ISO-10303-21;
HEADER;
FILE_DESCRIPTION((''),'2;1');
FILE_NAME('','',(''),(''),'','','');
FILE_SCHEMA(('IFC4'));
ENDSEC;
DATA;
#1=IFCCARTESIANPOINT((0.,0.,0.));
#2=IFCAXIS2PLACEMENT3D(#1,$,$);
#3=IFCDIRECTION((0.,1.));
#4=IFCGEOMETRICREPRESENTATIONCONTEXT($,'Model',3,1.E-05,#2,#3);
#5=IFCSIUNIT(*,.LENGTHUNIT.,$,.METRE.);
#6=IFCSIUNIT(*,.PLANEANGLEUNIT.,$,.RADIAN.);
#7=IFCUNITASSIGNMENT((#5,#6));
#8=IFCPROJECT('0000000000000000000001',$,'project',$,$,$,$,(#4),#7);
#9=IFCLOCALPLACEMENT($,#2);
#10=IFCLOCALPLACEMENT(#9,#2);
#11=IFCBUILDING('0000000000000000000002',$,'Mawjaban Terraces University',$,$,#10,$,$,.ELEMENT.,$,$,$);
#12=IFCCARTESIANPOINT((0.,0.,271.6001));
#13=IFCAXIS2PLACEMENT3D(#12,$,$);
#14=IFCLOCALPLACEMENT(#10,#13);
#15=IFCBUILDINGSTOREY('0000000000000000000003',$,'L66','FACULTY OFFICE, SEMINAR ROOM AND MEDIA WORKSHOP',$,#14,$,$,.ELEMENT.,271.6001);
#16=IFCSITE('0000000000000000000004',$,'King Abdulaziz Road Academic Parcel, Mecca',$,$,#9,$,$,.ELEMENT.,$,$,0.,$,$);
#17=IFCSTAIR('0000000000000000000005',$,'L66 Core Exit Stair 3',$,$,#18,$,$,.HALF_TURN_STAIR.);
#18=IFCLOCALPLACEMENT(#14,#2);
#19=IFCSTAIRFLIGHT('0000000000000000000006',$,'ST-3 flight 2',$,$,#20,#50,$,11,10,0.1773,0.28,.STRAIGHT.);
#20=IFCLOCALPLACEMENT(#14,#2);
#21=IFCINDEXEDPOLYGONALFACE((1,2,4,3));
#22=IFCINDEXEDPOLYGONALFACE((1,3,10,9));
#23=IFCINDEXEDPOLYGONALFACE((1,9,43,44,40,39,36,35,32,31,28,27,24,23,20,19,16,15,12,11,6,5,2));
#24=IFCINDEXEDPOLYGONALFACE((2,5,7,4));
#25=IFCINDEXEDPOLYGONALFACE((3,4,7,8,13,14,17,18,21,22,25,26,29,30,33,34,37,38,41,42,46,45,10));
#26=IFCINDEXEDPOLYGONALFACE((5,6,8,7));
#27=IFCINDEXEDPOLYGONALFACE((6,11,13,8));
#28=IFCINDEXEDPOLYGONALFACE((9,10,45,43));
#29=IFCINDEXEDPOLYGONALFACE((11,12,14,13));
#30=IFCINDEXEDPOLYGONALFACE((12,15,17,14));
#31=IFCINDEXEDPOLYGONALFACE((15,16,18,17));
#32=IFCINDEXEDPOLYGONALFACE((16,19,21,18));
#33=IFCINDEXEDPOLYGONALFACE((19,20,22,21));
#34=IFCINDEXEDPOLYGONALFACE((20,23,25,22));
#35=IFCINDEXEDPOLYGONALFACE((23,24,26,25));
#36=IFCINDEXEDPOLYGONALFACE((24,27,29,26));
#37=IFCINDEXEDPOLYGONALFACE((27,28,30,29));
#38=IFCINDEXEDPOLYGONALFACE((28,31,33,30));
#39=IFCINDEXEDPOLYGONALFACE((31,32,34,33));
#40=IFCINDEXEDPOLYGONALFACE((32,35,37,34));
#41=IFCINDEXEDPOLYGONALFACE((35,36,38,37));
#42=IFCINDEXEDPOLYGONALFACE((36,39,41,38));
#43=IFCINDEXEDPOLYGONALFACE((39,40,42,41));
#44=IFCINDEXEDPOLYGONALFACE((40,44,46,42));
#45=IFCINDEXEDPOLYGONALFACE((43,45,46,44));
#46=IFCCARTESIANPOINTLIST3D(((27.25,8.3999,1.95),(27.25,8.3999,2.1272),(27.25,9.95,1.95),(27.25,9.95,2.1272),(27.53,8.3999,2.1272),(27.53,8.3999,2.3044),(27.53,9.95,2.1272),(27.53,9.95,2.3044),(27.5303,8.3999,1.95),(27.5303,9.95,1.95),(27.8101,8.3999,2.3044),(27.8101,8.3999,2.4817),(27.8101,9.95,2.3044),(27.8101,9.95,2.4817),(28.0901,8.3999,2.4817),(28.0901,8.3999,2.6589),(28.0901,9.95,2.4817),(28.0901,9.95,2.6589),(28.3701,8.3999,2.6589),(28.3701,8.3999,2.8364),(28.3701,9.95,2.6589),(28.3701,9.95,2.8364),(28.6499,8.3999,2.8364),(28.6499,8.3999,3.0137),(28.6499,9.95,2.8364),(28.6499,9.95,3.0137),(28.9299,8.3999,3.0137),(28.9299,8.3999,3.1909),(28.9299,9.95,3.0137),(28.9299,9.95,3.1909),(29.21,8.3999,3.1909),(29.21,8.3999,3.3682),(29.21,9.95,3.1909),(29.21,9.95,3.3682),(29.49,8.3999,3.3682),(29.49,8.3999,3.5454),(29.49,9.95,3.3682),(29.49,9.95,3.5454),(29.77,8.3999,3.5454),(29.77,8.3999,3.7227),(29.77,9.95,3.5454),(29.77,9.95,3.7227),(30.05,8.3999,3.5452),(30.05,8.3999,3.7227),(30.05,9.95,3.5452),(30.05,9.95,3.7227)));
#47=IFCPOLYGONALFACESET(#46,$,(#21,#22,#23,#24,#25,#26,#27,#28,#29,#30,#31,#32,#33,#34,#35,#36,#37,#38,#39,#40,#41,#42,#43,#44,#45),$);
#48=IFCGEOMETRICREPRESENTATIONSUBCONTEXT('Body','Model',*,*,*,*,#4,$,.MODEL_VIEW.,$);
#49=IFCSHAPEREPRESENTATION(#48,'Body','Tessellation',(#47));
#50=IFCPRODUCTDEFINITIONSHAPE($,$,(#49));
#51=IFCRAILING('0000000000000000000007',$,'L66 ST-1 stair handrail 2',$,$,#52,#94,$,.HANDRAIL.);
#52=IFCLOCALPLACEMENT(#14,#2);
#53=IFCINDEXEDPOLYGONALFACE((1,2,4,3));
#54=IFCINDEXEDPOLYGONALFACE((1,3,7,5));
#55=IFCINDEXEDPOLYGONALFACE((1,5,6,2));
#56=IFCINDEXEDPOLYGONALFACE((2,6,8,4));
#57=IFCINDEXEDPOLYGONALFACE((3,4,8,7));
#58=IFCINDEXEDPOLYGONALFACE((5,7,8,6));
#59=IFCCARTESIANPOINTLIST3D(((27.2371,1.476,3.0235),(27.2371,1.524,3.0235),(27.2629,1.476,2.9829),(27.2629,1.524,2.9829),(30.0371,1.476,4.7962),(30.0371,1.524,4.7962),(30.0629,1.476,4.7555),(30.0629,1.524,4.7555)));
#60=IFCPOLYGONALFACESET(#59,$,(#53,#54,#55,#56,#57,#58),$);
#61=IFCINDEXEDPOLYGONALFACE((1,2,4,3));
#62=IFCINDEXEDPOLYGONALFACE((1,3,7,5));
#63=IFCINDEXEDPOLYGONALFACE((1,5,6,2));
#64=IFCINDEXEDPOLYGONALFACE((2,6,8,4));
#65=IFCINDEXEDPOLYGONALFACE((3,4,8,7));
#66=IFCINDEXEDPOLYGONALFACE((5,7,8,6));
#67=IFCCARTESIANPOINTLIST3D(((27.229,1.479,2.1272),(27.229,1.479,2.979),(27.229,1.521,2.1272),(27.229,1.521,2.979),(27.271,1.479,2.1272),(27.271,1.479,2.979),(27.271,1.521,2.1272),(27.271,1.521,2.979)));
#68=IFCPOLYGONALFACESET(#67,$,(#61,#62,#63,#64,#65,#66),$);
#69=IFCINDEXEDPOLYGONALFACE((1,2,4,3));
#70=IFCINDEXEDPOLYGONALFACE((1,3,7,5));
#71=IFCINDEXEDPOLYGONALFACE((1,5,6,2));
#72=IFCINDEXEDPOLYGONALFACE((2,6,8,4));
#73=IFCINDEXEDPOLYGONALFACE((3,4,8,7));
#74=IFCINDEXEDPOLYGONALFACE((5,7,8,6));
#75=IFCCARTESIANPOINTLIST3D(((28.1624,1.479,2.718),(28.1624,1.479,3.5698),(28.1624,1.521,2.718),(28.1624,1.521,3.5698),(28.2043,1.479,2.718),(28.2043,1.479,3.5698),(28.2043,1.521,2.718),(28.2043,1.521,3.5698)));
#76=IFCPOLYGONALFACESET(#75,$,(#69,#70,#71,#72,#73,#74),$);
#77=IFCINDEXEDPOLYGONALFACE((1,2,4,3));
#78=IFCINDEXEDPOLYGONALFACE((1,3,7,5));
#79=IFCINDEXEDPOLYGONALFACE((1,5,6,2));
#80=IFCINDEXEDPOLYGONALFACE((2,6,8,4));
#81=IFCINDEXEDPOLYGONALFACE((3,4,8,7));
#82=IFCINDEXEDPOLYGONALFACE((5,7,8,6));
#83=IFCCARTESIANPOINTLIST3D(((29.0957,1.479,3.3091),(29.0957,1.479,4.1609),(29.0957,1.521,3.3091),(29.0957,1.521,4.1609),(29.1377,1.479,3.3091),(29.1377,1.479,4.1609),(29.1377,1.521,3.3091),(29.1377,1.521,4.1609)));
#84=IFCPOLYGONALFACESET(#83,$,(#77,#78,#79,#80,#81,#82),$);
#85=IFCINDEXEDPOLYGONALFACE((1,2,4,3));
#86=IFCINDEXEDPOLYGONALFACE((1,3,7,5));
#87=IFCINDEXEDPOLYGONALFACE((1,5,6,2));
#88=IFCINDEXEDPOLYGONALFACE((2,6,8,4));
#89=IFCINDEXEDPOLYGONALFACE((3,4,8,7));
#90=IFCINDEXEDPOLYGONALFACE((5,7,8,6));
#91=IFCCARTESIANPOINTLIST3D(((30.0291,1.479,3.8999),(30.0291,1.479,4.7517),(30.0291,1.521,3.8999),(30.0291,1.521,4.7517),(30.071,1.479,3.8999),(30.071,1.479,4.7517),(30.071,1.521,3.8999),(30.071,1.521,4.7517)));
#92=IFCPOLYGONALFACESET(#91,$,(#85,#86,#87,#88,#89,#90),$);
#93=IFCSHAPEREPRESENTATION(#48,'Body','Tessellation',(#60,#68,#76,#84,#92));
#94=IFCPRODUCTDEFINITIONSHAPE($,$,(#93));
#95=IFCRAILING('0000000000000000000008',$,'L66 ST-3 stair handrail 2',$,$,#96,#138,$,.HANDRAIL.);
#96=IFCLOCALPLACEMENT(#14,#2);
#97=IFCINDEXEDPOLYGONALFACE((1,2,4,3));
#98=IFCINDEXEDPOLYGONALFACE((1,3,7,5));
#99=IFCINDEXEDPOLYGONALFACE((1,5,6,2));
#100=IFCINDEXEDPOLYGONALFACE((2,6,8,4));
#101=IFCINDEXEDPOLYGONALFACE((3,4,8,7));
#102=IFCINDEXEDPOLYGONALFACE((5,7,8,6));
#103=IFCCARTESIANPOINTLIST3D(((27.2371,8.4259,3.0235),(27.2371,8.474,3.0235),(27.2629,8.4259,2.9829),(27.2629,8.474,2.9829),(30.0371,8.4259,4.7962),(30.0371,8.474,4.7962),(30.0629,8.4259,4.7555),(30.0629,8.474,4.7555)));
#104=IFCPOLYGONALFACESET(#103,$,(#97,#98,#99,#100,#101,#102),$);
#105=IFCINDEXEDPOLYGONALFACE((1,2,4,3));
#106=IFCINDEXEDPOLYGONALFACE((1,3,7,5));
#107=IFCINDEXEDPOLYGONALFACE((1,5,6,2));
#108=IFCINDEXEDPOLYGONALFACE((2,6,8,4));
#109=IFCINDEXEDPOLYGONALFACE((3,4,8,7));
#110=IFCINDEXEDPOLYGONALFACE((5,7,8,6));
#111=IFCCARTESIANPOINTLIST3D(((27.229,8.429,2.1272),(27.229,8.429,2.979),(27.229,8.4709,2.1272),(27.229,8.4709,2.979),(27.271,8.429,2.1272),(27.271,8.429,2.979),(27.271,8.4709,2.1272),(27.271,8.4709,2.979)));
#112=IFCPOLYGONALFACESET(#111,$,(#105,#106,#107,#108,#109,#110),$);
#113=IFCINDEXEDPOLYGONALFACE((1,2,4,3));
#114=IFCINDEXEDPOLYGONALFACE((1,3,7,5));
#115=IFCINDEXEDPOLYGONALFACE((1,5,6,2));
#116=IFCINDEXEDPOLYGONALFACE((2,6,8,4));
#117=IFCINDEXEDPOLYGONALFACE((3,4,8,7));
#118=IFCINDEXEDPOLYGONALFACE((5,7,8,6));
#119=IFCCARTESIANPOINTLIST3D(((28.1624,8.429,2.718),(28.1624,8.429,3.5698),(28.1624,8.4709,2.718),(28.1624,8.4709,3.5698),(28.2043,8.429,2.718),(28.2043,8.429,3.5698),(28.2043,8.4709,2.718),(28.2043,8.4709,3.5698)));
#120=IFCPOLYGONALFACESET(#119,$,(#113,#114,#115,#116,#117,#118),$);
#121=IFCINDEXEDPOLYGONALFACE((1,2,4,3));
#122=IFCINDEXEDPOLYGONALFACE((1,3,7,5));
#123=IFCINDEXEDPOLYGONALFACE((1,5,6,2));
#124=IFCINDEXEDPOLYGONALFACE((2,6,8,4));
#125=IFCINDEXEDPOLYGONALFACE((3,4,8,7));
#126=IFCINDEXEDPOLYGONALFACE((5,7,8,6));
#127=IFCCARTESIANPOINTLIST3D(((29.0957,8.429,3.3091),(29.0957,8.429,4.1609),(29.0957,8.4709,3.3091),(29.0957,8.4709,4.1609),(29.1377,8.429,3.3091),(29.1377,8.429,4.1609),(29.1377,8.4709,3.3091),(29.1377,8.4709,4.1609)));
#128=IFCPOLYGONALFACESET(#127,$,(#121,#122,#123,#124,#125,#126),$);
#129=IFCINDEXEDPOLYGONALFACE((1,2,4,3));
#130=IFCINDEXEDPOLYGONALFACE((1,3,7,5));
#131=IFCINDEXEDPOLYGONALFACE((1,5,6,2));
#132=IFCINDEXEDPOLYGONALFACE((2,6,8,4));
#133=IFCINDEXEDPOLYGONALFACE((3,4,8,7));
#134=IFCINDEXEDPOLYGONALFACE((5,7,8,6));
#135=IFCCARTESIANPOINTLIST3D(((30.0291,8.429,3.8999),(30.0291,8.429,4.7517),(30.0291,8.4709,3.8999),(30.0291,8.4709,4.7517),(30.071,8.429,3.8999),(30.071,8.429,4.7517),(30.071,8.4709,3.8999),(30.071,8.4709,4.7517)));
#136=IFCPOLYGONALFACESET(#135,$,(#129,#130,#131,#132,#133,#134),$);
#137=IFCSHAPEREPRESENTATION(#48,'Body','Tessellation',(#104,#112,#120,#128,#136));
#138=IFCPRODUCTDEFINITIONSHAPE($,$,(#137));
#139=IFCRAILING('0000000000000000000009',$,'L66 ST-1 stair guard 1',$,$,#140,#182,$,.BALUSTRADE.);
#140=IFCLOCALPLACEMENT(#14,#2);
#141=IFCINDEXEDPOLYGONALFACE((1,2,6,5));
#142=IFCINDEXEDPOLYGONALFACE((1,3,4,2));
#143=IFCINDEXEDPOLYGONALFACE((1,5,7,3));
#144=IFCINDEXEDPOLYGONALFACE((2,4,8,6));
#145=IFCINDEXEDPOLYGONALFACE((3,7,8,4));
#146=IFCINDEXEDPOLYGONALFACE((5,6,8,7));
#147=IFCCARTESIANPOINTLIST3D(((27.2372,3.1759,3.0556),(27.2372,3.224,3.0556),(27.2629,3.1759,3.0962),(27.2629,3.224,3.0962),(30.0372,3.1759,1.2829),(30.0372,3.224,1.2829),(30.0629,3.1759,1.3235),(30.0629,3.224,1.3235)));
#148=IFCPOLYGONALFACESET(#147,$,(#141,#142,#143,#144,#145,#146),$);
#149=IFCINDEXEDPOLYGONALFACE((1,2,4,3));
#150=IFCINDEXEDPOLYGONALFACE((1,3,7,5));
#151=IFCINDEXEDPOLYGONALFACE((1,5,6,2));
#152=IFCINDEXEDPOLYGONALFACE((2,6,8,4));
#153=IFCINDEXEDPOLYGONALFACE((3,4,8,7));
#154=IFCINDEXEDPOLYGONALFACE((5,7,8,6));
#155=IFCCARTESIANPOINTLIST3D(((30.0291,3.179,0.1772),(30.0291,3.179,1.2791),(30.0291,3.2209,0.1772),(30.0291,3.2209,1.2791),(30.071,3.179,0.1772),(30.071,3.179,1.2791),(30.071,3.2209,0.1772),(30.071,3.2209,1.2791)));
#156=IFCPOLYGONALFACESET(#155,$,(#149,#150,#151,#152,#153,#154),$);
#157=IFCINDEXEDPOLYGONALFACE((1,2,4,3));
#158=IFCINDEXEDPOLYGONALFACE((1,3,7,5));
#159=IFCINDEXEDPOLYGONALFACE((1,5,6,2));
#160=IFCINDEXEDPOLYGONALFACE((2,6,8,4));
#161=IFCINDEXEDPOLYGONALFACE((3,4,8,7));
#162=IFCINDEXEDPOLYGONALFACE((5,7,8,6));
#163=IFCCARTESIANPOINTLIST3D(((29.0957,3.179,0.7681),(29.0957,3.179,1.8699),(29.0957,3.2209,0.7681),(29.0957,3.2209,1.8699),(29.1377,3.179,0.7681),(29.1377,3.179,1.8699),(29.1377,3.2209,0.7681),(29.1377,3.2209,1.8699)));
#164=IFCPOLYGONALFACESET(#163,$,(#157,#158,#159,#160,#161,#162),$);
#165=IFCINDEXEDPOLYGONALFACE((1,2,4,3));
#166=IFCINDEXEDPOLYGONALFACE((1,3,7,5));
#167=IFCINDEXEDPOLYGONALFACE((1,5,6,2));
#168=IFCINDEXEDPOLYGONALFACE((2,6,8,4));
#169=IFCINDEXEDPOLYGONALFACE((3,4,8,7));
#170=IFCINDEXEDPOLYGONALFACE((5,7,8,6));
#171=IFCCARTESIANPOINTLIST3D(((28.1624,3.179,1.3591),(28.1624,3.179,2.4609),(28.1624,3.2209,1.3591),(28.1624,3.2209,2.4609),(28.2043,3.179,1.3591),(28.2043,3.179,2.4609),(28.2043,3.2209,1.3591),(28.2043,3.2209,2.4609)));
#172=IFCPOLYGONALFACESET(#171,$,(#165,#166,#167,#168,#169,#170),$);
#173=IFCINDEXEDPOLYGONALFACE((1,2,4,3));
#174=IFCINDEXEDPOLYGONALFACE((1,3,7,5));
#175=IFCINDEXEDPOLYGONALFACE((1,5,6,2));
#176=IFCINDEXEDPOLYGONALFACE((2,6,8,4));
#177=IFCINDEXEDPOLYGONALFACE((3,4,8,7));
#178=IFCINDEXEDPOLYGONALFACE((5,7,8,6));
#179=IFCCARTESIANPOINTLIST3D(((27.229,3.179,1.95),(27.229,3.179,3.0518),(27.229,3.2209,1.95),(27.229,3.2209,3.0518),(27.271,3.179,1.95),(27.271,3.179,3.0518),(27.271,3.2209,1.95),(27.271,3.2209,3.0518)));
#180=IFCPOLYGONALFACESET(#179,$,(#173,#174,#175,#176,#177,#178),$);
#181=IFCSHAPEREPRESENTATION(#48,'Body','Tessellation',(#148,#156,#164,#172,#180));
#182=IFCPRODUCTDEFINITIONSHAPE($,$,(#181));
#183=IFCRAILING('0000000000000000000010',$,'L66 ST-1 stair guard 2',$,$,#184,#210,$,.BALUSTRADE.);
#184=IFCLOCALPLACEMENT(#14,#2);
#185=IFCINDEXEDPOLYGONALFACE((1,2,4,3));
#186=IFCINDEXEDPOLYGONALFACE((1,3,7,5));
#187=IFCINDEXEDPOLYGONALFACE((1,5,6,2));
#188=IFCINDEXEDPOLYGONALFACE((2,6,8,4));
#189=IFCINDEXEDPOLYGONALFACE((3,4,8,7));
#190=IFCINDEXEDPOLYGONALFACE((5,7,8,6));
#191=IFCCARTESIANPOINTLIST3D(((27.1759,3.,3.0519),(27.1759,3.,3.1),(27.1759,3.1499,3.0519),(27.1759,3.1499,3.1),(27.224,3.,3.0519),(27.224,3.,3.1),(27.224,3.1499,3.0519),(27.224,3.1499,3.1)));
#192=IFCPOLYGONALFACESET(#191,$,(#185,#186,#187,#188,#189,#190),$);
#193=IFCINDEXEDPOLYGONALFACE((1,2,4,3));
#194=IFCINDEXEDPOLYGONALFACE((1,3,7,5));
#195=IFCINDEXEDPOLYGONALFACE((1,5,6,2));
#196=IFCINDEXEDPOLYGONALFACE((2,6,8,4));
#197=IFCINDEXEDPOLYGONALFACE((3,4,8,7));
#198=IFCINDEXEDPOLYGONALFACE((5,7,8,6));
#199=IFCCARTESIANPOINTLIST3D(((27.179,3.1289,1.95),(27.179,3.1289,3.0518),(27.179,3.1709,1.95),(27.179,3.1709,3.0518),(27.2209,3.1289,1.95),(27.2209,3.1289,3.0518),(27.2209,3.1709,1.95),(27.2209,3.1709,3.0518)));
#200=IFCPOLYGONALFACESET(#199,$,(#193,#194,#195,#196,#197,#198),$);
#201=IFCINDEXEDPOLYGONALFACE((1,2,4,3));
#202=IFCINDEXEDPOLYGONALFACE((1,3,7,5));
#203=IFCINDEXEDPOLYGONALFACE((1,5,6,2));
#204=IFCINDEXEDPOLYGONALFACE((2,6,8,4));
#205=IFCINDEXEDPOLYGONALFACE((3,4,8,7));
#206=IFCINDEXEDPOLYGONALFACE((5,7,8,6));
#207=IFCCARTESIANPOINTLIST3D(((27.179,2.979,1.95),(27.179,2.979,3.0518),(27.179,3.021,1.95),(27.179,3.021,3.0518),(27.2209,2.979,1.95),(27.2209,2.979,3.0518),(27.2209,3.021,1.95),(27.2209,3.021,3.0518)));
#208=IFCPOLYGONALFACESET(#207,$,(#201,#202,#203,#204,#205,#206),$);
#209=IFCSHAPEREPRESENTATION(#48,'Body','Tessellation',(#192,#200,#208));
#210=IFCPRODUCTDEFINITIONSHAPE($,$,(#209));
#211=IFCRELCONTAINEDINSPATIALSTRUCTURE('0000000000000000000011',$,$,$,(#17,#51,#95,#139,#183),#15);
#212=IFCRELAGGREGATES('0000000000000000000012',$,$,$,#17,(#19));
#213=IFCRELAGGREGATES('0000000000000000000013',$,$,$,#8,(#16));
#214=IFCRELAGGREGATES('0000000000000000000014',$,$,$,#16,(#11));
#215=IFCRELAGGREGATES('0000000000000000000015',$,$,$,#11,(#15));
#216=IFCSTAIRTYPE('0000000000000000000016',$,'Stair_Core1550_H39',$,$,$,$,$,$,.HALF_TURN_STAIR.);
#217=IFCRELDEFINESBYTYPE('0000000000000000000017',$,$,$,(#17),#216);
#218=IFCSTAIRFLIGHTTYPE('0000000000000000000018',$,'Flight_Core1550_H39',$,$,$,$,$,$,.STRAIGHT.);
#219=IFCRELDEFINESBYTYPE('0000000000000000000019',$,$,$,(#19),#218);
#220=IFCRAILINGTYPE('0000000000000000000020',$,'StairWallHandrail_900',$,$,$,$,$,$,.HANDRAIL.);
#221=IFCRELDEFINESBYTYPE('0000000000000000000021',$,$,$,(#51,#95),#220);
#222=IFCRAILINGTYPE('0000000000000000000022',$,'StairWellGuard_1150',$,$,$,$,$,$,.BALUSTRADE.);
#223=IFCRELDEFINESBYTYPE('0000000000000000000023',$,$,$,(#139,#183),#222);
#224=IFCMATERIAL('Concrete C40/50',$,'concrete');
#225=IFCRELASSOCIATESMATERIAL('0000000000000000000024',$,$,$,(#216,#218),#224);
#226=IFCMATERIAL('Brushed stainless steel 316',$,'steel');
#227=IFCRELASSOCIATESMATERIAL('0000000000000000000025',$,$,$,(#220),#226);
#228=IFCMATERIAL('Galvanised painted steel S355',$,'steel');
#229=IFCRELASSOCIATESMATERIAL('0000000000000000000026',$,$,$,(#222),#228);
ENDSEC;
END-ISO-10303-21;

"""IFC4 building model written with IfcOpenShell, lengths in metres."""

from ifc_helpers import new_model, si_unit, direction, frame, origin, origin_2d, place, context, subcontext, project, spatial, polyline, rectangle, outline, extrude, material, type_object, element, aggregate, save


model = new_model("IFC4")

# Units and contexts
model_context = context("Model", 3, precision=1e-05, world=origin(), true_north=direction((0.0, 1.0)))
body_context = subcontext(model_context, "Body", "Model", "MODEL_VIEW")
ifc_project = project(units=[si_unit("LENGTHUNIT", "METRE"), si_unit("PLANEANGLEUNIT", "RADIAN")], contexts=[model_context])

# Site, building, storey
site_placement = place(None, origin())
site = spatial("IfcSite", under=ifc_project, at=site_placement, Name="King Abdulaziz Road Academic Parcel, Mecca", CompositionType="ELEMENT", RefElevation=0.0)
building_placement = place(site_placement, origin())
building = spatial("IfcBuilding", under=site, at=building_placement, Name="Mawjaban Terraces University", CompositionType="ELEMENT")
storey_placement = place(building_placement, frame((0.0, 0.0, 271.6001)))
storey = spatial("IfcBuildingStorey", under=building, at=storey_placement, Name="L66", Description="FACULTY OFFICE, SEMINAR ROOM AND MEDIA WORKSHOP", CompositionType="ELEMENT", Elevation=271.6001)

# Stair, stair flight
ifc_material_1 = material(Name="Concrete C40/50", Category="concrete")
stair_type = type_object("IfcStairType", Name="Stair_Core1550_H39", PredefinedType="HALF_TURN_STAIR", material=ifc_material_1)
stair_flight_type = type_object("IfcStairFlightType", Name="Flight_Core1550_H39", PredefinedType="STRAIGHT", material=ifc_material_1)
stair_1_placement = place(storey_placement, origin())
stair_1 = element("IfcStair", 1, at=stair_1_placement, inside=storey, type_object=stair_type, Name="L66 Core Exit Stair 3", PredefinedType="HALF_TURN_STAIR")
stair_flight_1_placement = place(storey_placement, frame((27.25, 9.175, 1.95), z_axis=(0.0, 0.0, 1.0), x_axis=(1.0, 0.0, 0.0)))
stair_flight_1 = element("IfcStairFlight", 2, at=stair_flight_1_placement, type_object=stair_flight_type, Name="ST-3 flight 2", NumberOfRisers=11, NumberOfTreads=10, PredefinedType="STRAIGHT", RiserHeight=0.1773, TreadLength=0.28, context=body_context, shape_type="SweptSolid", body=[
    extrude(outline(polyline([(0.0, 0.0), (0.0, 0.1772), (0.28, 0.1772), (0.28, 0.3545), (0.5601, 0.3545), (0.5601, 0.5317), (0.8401, 0.5317), (0.8401, 0.709), (1.1201, 0.709), (1.1201, 0.8865), (1.3999, 0.8865), (1.3999, 1.0637), (1.6799, 1.0637), (1.6799, 1.241), (1.96, 1.241), (1.96, 1.4182), (2.24, 1.4182), (2.24, 1.5955), (2.52, 1.5955), (2.52, 1.7727), (2.8, 1.7727), (2.8, 1.95), (2.8, 1.5952), (0.2803, 0.0), (0.0, 0.0)])), frame((0.0, 0.7749, 0.0), z_axis=(0.0, -1.0, 0.0), x_axis=(1.0, 0.0, 0.0)), (0.0, 0.0, 1.0), 1.55),
])
aggregate(stair_1, [stair_flight_1])

# Railings
ifc_material_2 = material(Name="Brushed stainless steel 316", Category="steel")
railing_type_1 = type_object("IfcRailingType", Name="StairWallHandrail_900", PredefinedType="HANDRAIL", material=ifc_material_2)
for number, where, name in (
    (3, (27.25, 1.5, 2.1272), "L66 ST-1 stair handrail 2"),
    (4, (27.25, 8.45, 2.1272), "L66 ST-3 stair handrail 2"),
):
    element("IfcRailing", number, at=place(storey_placement, frame(where)), inside=storey, type_object=railing_type_1, Name=name, PredefinedType="HANDRAIL", context=body_context, shape_type="SweptSolid", body=[
        extrude(rectangle(XDim=0.0481, YDim=0.0481, at=origin_2d()), frame((0.0, 0.0, 0.876), z_axis=(0.844909, 0.0, 0.53491), x_axis=(0.0, 1.0, 0.0)), (0.0, 0.0, 1.0), 3.314),
        extrude(rectangle(XDim=0.042, YDim=0.042, at=origin_2d()), origin(), (0.0, 0.0, 1.0), 0.8518),
        extrude(rectangle(XDim=0.042, YDim=0.042, at=origin_2d()), frame((0.9333, 0.0, 0.5908)), (0.0, 0.0, 1.0), 0.8518),
        extrude(rectangle(XDim=0.042, YDim=0.042, at=origin_2d()), frame((1.8667, 0.0, 1.1819)), (0.0, 0.0, 1.0), 0.8518),
        extrude(rectangle(XDim=0.042, YDim=0.042, at=origin_2d()), frame((2.8, 0.0, 1.7727)), (0.0, 0.0, 1.0), 0.8518),
    ])
ifc_material_3 = material(Name="Galvanised painted steel S355", Category="steel")
railing_type_2 = type_object("IfcRailingType", Name="StairWellGuard_1150", PredefinedType="BALUSTRADE", material=ifc_material_3)
railing_1_placement = place(storey_placement, frame((30.05, 3.2, 0.1772)))
element("IfcRailing", 5, at=railing_1_placement, inside=storey, type_object=railing_type_2, Name="L66 ST-1 stair guard 1", PredefinedType="BALUSTRADE", context=body_context, shape_type="SweptSolid", body=[
    extrude(rectangle(XDim=0.0481, YDim=0.0481, at=origin_2d()), frame((0.0, 0.0, 1.126), z_axis=(-0.844909, 0.0, 0.53491), x_axis=(0.0, -1.0, 0.0)), (0.0, 0.0, 1.0), 3.314),
    extrude(rectangle(XDim=0.042, YDim=0.042, at=origin_2d()), origin(), (0.0, 0.0, 1.0), 1.1018),
    extrude(rectangle(XDim=0.042, YDim=0.042, at=origin_2d()), frame((-0.9333, 0.0, 0.5908)), (0.0, 0.0, 1.0), 1.1018),
    extrude(rectangle(XDim=0.042, YDim=0.042, at=origin_2d()), frame((-1.8667, 0.0, 1.1819)), (0.0, 0.0, 1.0), 1.1018),
    extrude(rectangle(XDim=0.042, YDim=0.042, at=origin_2d()), frame((-2.8, 0.0, 1.7727)), (0.0, 0.0, 1.0), 1.1018),
])
railing_2_placement = place(storey_placement, frame((27.2, 3.1499, 1.95)))
element("IfcRailing", 6, at=railing_2_placement, inside=storey, type_object=railing_type_2, Name="L66 ST-1 stair guard 2", PredefinedType="BALUSTRADE", context=body_context, shape_type="SweptSolid", body=[
    extrude(rectangle(XDim=0.0481, YDim=0.0481, at=origin_2d()), frame((0.0, 0.0, 1.126), z_axis=(0.0, -1.0, 0.0), x_axis=(1.0, 0.0, 0.0)), (0.0, 0.0, 1.0), 0.1499),
    extrude(rectangle(XDim=0.042, YDim=0.042, at=origin_2d()), origin(), (0.0, 0.0, 1.0), 1.1018),
    extrude(rectangle(XDim=0.042, YDim=0.042, at=origin_2d()), frame((0.0, -0.1499, 0.0)), (0.0, 0.0, 1.0), 1.1018),
])

save(model, "model.ifc")
